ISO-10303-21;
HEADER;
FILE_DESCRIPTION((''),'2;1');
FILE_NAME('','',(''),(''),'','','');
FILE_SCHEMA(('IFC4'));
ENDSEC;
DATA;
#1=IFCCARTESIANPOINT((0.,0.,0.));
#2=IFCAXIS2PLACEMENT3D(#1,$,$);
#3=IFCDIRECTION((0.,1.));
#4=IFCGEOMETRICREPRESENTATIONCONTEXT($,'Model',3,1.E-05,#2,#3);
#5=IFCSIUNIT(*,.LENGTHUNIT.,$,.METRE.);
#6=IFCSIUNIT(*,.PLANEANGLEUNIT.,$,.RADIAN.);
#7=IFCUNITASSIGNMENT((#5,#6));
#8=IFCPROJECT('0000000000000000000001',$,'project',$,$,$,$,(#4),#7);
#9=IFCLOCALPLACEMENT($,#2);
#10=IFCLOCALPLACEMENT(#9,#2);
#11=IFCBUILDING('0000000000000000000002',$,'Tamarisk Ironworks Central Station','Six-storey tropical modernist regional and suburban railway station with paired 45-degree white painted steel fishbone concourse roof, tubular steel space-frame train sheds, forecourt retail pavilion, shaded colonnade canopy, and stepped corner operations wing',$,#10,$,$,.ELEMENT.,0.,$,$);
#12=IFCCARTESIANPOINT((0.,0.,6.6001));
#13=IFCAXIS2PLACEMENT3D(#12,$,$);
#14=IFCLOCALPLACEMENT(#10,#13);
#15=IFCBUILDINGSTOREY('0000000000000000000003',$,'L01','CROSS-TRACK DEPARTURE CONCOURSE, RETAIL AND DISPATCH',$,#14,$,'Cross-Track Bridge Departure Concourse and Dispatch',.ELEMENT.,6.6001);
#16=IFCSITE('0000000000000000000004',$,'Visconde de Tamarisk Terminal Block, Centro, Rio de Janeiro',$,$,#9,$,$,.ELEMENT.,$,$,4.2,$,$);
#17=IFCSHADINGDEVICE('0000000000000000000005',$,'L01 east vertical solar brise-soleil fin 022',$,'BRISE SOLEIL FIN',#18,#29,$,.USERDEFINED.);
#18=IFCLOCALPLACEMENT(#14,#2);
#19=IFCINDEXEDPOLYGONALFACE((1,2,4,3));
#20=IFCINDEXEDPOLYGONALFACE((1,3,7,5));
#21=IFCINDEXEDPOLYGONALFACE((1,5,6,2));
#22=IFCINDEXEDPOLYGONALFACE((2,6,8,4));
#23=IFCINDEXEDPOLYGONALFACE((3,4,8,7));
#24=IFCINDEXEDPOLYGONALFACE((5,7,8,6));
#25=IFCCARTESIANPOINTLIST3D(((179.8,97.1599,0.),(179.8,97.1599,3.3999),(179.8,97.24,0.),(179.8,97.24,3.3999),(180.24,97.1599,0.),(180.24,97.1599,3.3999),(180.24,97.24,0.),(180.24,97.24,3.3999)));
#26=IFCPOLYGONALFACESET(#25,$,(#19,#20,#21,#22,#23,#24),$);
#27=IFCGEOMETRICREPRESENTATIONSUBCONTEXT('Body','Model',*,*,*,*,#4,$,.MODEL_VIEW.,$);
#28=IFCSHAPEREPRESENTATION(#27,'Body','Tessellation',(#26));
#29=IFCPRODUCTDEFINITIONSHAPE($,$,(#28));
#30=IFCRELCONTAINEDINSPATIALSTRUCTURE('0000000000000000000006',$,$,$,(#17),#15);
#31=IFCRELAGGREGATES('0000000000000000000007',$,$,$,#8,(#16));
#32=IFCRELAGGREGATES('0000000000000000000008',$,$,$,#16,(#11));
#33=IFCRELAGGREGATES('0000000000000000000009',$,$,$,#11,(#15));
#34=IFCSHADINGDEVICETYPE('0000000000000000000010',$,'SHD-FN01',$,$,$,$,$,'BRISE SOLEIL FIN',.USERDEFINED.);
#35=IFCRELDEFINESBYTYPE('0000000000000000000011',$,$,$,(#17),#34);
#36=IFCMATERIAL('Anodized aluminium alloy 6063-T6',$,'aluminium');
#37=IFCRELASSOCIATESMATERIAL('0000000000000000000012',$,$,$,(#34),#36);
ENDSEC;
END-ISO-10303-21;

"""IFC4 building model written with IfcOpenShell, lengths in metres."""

from ifc_helpers import new_model, si_unit, direction, frame, origin, origin_2d, place, context, subcontext, project, spatial, rectangle, extrude, material, type_object, element, save


model = new_model("IFC4")

# Units and contexts
model_context = context("Model", 3, precision=1e-05, world=origin(), true_north=direction((0.0, 1.0)))
body_context = subcontext(model_context, "Body", "Model", "MODEL_VIEW")
ifc_project = project(units=[si_unit("LENGTHUNIT", "METRE"), si_unit("PLANEANGLEUNIT", "RADIAN")], contexts=[model_context])

# Site, building, storey
site_placement = place(None, origin())
site = spatial("IfcSite", under=ifc_project, at=site_placement, Name="Visconde de Tamarisk Terminal Block, Centro, Rio de Janeiro", CompositionType="ELEMENT", RefElevation=4.2)
building_placement = place(site_placement, origin())
building = spatial("IfcBuilding", under=site, at=building_placement, Name="Tamarisk Ironworks Central Station", Description="Six-storey tropical modernist regional and suburban railway station with paired 45-degree white painted steel fishbone concourse roof, tubular steel space-frame train sheds, forecourt retail pavilion, shaded colonnade canopy, and stepped corner operations wing", CompositionType="ELEMENT", ElevationOfRefHeight=0.0)
storey_placement = place(building_placement, frame((0.0, 0.0, 6.6001)))
storey = spatial("IfcBuildingStorey", under=building, at=storey_placement, Name="L01", Description="CROSS-TRACK DEPARTURE CONCOURSE, RETAIL AND DISPATCH", LongName="Cross-Track Bridge Departure Concourse and Dispatch", CompositionType="ELEMENT", Elevation=6.6001)

# Shared definitions
ifc_material_1 = material(Name="Anodized aluminium alloy 6063-T6", Category="aluminium")

# Shading device
shading_device_type = type_object("IfcShadingDeviceType", Name="SHD-FN01", ElementType="BRISE SOLEIL FIN", PredefinedType="USERDEFINED", material=ifc_material_1)
for number, where, z_axis, x_axis, name in (
    (1, (180.02, 97.2, 0.0), (0.0, 0.0, 1.0), (1.0, 0.0, 0.0), "L01 east vertical solar brise-soleil fin 022"),
):
    element("IfcShadingDevice", number, at=place(storey_placement, frame(where, z_axis=z_axis, x_axis=x_axis)), inside=storey, type_object=shading_device_type, Name=name, ObjectType="BRISE SOLEIL FIN", PredefinedType="USERDEFINED", context=body_context, shape_type="SweptSolid", body=[
        extrude(rectangle(XDim=0.4399, YDim=0.0801, at=origin_2d()), origin(), (0.0, 0.0, 1.0), 3.3999),
    ])

save(model, "model.ifc")
